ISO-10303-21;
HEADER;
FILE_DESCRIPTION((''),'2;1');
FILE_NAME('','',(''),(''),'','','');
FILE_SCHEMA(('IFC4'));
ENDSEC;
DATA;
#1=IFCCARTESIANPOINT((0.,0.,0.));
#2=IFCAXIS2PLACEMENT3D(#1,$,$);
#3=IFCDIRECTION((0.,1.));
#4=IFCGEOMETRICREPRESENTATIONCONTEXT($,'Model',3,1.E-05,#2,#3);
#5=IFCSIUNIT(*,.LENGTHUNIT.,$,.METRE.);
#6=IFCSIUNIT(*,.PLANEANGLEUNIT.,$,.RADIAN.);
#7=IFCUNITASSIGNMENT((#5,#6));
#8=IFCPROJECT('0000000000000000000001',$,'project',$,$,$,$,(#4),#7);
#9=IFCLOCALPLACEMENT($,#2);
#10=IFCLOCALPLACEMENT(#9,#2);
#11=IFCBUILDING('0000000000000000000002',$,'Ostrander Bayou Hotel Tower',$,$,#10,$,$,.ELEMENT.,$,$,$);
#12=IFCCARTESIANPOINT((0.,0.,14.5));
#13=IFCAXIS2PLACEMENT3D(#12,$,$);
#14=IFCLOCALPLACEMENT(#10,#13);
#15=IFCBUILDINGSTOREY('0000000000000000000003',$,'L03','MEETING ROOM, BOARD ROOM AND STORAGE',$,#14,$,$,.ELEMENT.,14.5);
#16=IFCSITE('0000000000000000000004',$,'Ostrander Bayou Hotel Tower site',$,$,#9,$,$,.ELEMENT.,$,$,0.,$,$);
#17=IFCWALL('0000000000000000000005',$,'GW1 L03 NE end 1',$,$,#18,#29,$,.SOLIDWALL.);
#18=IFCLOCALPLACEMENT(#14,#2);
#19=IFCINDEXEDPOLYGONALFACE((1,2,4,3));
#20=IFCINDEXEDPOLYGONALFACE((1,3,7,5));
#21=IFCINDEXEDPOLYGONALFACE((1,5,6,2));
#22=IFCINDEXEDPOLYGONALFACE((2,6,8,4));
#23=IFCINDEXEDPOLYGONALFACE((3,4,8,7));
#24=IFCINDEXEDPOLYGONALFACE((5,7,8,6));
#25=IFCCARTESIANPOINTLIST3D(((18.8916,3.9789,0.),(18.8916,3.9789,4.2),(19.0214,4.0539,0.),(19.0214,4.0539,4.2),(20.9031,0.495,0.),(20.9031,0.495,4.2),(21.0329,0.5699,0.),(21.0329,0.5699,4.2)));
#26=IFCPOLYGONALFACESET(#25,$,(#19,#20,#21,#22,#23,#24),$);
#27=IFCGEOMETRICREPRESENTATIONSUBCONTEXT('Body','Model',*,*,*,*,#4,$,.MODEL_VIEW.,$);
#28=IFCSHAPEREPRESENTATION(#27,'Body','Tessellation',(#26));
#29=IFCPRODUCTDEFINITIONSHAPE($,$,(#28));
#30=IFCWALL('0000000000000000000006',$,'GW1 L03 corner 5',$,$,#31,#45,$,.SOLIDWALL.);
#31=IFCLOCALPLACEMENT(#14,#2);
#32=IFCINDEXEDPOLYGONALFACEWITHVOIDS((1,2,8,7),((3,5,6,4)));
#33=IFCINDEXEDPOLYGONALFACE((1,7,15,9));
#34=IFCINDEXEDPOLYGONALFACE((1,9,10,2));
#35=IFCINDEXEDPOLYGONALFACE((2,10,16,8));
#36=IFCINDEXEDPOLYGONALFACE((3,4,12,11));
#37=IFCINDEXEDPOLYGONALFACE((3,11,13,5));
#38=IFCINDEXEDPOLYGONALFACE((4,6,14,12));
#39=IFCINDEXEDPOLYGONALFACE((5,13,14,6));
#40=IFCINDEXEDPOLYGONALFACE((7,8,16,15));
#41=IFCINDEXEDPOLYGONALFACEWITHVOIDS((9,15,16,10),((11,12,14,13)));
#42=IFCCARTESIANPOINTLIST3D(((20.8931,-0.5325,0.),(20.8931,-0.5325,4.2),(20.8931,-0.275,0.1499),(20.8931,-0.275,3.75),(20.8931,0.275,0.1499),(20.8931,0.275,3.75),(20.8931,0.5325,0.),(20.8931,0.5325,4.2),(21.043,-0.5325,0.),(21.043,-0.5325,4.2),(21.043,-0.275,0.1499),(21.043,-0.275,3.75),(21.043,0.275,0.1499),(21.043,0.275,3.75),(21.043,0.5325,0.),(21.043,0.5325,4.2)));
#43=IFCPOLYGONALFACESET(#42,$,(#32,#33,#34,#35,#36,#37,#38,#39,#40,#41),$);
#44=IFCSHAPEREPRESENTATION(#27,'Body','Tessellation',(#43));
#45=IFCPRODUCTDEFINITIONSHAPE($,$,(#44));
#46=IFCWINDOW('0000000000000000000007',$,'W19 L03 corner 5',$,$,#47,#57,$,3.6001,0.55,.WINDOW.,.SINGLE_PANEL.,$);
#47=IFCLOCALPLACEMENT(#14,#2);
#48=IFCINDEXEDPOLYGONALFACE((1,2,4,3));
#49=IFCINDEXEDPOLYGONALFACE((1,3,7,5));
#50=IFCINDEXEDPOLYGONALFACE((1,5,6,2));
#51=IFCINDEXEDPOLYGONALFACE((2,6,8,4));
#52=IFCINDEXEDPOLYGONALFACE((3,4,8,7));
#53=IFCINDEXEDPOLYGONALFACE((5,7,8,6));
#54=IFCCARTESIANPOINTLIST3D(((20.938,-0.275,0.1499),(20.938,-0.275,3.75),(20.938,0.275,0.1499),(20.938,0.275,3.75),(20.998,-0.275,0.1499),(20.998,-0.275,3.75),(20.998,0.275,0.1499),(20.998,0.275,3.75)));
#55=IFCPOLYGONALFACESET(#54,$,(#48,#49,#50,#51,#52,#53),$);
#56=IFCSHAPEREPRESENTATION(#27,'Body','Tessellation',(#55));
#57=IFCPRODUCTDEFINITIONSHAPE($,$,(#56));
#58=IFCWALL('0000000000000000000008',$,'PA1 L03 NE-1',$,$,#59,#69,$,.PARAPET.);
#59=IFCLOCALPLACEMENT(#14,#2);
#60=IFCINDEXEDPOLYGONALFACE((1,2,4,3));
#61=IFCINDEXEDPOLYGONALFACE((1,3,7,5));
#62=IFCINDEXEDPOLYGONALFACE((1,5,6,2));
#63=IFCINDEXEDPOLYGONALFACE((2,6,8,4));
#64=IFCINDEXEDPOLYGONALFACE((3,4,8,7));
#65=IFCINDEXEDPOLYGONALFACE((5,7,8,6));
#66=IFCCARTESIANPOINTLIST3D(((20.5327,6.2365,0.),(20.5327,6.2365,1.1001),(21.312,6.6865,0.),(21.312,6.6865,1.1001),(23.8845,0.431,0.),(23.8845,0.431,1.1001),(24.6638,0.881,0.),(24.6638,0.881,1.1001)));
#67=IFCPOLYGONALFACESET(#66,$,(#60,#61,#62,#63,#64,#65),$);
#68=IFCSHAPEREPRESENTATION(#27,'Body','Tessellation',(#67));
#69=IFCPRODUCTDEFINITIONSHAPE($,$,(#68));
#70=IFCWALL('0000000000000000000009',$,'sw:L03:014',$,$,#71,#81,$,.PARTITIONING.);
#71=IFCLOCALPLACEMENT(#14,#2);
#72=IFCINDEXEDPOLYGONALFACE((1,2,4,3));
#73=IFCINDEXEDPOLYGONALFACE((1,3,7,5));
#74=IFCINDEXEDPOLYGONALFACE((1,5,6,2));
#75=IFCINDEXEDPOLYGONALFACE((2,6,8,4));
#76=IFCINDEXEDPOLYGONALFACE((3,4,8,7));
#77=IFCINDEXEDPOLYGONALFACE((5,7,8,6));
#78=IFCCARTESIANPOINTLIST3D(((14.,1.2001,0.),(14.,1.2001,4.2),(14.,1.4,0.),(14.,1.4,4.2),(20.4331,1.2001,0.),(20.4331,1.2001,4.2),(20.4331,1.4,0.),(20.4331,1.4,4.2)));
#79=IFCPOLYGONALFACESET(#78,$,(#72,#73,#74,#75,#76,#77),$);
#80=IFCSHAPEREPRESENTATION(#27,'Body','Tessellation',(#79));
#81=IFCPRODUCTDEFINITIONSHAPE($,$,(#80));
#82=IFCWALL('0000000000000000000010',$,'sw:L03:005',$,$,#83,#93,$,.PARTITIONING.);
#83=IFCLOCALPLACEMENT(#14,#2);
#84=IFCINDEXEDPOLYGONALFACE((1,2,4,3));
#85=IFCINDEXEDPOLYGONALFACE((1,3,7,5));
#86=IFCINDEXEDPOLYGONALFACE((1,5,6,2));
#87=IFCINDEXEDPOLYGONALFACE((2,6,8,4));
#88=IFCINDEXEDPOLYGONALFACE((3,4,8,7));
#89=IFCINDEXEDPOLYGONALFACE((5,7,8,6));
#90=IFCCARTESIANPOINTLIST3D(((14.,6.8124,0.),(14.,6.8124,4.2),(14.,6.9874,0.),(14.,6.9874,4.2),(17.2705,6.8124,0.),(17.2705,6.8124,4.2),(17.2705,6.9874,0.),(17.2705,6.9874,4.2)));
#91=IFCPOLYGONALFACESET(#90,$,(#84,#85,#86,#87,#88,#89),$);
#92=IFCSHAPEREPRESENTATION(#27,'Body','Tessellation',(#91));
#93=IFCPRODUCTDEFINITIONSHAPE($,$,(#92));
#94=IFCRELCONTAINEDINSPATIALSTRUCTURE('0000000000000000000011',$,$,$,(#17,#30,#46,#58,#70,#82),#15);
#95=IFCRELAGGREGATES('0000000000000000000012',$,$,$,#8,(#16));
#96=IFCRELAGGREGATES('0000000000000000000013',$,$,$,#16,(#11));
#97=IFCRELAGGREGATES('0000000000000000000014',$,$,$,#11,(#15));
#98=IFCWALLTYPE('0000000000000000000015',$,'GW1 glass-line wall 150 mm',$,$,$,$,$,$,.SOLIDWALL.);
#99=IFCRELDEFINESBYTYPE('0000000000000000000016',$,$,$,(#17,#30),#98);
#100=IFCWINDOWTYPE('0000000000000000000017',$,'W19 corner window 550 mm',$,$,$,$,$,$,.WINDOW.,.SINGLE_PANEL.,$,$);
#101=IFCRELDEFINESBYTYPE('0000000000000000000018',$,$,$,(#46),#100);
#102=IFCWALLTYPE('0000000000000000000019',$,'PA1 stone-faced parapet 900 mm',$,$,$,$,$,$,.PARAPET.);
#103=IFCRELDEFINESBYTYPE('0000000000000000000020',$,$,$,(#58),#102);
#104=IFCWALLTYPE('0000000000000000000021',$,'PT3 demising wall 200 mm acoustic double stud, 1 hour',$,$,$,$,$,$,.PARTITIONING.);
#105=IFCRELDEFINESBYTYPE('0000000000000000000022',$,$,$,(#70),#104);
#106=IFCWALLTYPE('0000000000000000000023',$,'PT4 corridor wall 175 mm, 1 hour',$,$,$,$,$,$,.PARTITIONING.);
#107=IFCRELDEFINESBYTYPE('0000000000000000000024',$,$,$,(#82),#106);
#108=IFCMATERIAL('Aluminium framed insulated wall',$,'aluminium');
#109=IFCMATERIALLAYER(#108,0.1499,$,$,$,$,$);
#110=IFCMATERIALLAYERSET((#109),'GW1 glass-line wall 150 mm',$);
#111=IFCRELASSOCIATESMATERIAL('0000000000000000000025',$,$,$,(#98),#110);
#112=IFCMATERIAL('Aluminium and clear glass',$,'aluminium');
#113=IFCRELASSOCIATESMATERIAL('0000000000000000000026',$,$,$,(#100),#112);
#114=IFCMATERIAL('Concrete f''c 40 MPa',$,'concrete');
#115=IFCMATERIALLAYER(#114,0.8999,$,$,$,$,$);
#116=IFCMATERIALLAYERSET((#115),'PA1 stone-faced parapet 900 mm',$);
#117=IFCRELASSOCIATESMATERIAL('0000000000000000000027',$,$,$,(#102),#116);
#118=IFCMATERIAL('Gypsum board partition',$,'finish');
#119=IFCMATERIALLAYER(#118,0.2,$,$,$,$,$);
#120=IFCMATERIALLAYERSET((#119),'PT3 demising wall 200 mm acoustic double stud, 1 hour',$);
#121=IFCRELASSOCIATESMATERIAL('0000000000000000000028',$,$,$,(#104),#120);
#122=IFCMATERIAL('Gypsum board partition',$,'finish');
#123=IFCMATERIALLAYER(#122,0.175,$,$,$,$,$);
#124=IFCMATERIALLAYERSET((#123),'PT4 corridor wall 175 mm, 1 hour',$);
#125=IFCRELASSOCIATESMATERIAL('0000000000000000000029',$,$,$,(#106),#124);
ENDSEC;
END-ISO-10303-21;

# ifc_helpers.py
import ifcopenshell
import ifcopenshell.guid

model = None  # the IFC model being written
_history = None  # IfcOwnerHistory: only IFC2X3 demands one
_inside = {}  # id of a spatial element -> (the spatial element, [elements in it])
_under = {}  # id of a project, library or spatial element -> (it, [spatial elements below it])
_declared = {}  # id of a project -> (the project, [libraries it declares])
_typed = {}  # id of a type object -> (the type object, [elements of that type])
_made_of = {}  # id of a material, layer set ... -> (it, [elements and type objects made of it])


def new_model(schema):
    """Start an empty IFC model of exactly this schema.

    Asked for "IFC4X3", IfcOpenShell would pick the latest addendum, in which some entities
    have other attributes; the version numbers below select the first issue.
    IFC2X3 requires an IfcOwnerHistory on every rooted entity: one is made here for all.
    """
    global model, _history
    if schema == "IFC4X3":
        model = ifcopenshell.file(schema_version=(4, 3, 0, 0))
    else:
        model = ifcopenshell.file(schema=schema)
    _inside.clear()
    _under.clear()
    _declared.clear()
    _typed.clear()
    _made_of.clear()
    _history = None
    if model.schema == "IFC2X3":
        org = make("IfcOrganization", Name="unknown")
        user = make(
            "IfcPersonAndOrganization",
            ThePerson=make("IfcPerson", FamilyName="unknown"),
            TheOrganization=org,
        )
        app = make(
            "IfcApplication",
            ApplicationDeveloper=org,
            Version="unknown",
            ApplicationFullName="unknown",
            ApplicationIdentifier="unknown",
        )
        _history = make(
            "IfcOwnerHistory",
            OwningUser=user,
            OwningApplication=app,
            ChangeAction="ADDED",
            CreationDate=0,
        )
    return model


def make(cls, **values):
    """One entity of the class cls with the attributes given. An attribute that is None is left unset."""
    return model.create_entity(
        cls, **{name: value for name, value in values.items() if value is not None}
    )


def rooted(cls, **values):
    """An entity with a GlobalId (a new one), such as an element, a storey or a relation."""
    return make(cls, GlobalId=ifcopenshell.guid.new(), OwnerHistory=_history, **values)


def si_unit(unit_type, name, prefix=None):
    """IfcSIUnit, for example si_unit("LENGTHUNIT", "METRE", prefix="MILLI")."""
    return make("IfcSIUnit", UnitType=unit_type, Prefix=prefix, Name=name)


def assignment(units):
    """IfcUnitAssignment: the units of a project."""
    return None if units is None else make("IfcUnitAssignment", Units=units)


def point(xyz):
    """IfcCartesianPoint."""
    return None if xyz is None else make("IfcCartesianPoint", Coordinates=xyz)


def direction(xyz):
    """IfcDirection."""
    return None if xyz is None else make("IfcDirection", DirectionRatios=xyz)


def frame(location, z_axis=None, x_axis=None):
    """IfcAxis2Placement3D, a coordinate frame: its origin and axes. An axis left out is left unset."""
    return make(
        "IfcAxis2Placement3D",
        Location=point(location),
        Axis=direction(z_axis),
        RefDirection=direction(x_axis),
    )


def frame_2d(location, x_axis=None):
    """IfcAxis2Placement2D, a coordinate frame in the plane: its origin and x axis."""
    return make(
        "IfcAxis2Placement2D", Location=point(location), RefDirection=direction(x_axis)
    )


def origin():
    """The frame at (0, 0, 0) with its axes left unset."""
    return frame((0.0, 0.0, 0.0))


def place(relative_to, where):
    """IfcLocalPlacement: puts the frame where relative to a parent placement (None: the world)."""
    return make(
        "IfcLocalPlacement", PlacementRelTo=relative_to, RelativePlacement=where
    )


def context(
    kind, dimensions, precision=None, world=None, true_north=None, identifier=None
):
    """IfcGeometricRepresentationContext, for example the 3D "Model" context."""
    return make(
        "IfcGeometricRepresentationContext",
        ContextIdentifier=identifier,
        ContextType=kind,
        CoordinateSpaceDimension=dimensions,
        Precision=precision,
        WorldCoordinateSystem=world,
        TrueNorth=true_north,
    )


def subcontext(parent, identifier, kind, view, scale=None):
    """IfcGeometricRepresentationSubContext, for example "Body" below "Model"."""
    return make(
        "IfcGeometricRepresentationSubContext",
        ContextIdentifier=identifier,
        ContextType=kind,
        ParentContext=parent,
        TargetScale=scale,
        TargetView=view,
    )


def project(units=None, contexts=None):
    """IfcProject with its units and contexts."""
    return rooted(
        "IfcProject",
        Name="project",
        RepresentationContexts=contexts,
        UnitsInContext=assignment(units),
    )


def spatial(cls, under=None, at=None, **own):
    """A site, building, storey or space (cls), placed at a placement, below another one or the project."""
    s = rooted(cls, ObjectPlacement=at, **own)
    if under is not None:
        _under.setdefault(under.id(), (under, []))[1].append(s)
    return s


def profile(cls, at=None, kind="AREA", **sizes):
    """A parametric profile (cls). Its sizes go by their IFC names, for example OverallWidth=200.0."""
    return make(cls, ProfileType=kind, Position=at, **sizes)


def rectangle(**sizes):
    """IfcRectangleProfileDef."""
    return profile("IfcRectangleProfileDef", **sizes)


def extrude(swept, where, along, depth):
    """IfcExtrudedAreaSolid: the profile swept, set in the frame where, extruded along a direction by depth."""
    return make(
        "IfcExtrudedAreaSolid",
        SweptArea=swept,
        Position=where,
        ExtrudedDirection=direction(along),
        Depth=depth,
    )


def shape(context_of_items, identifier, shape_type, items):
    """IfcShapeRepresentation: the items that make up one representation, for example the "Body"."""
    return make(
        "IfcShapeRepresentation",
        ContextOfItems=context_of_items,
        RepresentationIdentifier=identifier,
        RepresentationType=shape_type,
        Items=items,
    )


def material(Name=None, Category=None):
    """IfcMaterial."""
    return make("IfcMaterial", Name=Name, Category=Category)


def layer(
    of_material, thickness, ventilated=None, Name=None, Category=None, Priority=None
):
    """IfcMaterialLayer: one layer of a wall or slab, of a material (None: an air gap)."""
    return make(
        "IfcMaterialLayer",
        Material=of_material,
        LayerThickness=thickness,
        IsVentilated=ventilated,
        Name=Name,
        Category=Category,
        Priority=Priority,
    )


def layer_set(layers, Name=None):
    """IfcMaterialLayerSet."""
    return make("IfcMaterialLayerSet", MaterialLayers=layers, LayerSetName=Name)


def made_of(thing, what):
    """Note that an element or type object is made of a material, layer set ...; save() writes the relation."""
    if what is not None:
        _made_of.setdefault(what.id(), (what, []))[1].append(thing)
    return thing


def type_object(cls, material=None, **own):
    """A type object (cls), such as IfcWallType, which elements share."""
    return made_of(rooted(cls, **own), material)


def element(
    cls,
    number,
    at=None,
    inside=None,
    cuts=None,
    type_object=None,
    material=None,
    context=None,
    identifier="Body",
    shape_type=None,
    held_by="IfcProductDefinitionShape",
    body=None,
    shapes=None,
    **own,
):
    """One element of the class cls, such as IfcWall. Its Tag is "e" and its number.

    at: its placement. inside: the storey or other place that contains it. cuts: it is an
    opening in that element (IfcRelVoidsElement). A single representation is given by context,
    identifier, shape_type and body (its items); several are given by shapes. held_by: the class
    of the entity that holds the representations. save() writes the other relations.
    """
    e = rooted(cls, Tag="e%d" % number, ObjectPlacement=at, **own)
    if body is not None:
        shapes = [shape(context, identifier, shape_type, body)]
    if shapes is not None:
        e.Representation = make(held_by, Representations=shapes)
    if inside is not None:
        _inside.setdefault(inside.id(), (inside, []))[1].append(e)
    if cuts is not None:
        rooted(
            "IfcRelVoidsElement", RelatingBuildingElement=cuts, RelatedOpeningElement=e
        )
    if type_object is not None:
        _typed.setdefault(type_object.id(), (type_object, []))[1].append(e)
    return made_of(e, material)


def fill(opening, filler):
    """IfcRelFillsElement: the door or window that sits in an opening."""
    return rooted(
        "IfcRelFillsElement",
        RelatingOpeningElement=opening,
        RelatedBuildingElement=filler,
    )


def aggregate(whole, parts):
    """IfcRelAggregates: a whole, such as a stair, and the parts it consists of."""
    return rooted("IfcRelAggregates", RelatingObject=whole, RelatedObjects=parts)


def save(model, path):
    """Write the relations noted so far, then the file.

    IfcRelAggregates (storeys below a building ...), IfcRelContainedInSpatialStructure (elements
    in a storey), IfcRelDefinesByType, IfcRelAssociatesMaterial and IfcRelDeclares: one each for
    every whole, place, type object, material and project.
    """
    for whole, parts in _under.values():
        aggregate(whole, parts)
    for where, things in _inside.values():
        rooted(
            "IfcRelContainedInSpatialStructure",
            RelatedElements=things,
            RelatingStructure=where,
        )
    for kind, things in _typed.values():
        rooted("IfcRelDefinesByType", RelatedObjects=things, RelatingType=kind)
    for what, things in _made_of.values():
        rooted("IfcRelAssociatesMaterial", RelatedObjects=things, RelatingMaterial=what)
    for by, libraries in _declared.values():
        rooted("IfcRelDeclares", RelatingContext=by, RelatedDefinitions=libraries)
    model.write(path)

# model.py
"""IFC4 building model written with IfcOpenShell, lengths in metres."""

from ifc_helpers import new_model, si_unit, direction, frame, frame_2d, origin, place, context, subcontext, project, spatial, rectangle, extrude, material, layer, layer_set, type_object, element, fill, save


model = new_model("IFC4")

# Units and contexts
model_context = context("Model", 3, precision=1e-05, world=origin(), true_north=direction((0.0, 1.0)))
body_context = subcontext(model_context, "Body", "Model", "MODEL_VIEW")
ifc_project = project(units=[si_unit("LENGTHUNIT", "METRE"), si_unit("PLANEANGLEUNIT", "RADIAN")], contexts=[model_context])

# Site, building, storey
site_placement = place(None, origin())
site = spatial("IfcSite", under=ifc_project, at=site_placement, Name="Ostrander Bayou Hotel Tower site", CompositionType="ELEMENT", RefElevation=0.0)
building_placement = place(site_placement, origin())
building = spatial("IfcBuilding", under=site, at=building_placement, Name="Ostrander Bayou Hotel Tower", CompositionType="ELEMENT")
storey_placement = place(building_placement, frame((0.0, 0.0, 14.5)))
storey = spatial("IfcBuildingStorey", under=building, at=storey_placement, Name="L03", Description="MEETING ROOM, BOARD ROOM AND STORAGE", CompositionType="ELEMENT", Elevation=14.5)

# Wall
ifc_material_1 = material(Name="Aluminium framed insulated wall", Category="aluminium")
ifc_layer_1 = layer(ifc_material_1, 0.1499)
ifc_layer_set_1 = layer_set([ifc_layer_1], Name="GW1 glass-line wall 150 mm")
wall_type_1 = type_object("IfcWallType", Name="GW1 glass-line wall 150 mm", PredefinedType="SOLIDWALL", material=ifc_layer_set_1)
wall_1_placement = place(storey_placement, frame((20.968, 0.5325, 0.0), z_axis=(0.0, 0.0, 1.0), x_axis=(-0.50001, 0.86602, 0.0)))
element("IfcWall", 1, at=wall_1_placement, inside=storey, type_object=wall_type_1, Name="GW1 L03 NE end 1", PredefinedType="SOLIDWALL", context=body_context, shape_type="SweptSolid", body=[
    extrude(rectangle(XDim=4.0229, YDim=0.1499, at=frame_2d((2.0115, 0.0))), origin(), (0.0, 0.0, 1.0), 4.2),
])

# Wall, opening, window
wall_2_placement = place(storey_placement, frame((20.968, -0.5325, 0.0), z_axis=(0.0, 0.0, 1.0), x_axis=(0.0, 1.0, 0.0)))
wall_2 = element("IfcWall", 2, at=wall_2_placement, inside=storey, type_object=wall_type_1, Name="GW1 L03 corner 5", PredefinedType="SOLIDWALL", context=body_context, shape_type="SweptSolid", body=[
    extrude(rectangle(XDim=1.0649, YDim=0.1499, at=frame_2d((0.5325, 0.0))), origin(), (0.0, 0.0, 1.0), 4.2),
])
opening_placement = place(wall_2_placement, frame((0.2576, 0.0, 0.1499)))
opening = element("IfcOpeningElement", 3, at=opening_placement, cuts=wall_2, PredefinedType="OPENING", context=body_context, shape_type="SweptSolid", body=[
    extrude(rectangle(XDim=0.55, YDim=3.6001, at=frame_2d((0.2749, 1.8))), frame((0.0, 0.075, 0.0), z_axis=(0.0, -1.0, 0.0), x_axis=(1.0, 0.0, 0.0)), (0.0, 0.0, 1.0), 0.1499),
])
ifc_material_2 = material(Name="Aluminium and clear glass", Category="aluminium")
window_type = type_object("IfcWindowType", Name="W19 corner window 550 mm", PartitioningType="SINGLE_PANEL", PredefinedType="WINDOW", material=ifc_material_2)
window_placement = place(opening_placement, origin())
window = element("IfcWindow", 4, at=window_placement, inside=storey, type_object=window_type, Name="W19 L03 corner 5", OverallHeight=3.6001, OverallWidth=0.55, PartitioningType="SINGLE_PANEL", PredefinedType="WINDOW", context=body_context, shape_type="SweptSolid", body=[
    extrude(rectangle(XDim=0.55, YDim=3.6001, at=frame_2d((0.2749, 1.8))), frame((0.0, 0.03, 0.0), z_axis=(0.0, -1.0, 0.0), x_axis=(1.0, 0.0, 0.0)), (0.0, 0.0, 1.0), 0.0601),
])
fill(opening, window)

# Walls
ifc_material_3 = material(Name="Concrete f'c 40 MPa", Category="concrete")
ifc_layer_2 = layer(ifc_material_3, 0.8999)
ifc_layer_set_2 = layer_set([ifc_layer_2], Name="PA1 stone-faced parapet 900 mm")
wall_type_2 = type_object("IfcWallType", Name="PA1 stone-faced parapet 900 mm", PredefinedType="PARAPET", material=ifc_layer_set_2)
wall_3_placement = place(storey_placement, frame((24.2742, 0.656, 0.0), z_axis=(0.0, 0.0, 1.0), x_axis=(-0.500005, 0.866022, 0.0)))
element("IfcWall", 5, at=wall_3_placement, inside=storey, type_object=wall_type_2, Name="PA1 L03 NE-1", PredefinedType="PARAPET", context=body_context, shape_type="SweptSolid", body=[
    extrude(rectangle(XDim=6.7036, YDim=0.8999, at=frame_2d((3.3518, 0.0))), origin(), (0.0, 0.0, 1.0), 1.1001),
])
ifc_material_4 = material(Name="Gypsum board partition", Category="finish")
ifc_layer_3 = layer(ifc_material_4, 0.2)
ifc_layer_set_3 = layer_set([ifc_layer_3], Name="PT3 demising wall 200 mm acoustic double stud, 1 hour")
wall_type_3 = type_object("IfcWallType", Name="PT3 demising wall 200 mm acoustic double stud, 1 hour", PredefinedType="PARTITIONING", material=ifc_layer_set_3)
wall_4_placement = place(storey_placement, frame((14.0, 1.3, 0.0), z_axis=(0.0, 0.0, 1.0), x_axis=(1.0, 0.0, 0.0)))
element("IfcWall", 6, at=wall_4_placement, inside=storey, type_object=wall_type_3, Name="sw:L03:014", PredefinedType="PARTITIONING", context=body_context, shape_type="SweptSolid", body=[
    extrude(rectangle(XDim=6.4331, YDim=0.2, at=frame_2d((3.2166, 0.0))), origin(), (0.0, 0.0, 1.0), 4.2),
])
ifc_material_5 = material(Name="Gypsum board partition", Category="finish")
ifc_layer_4 = layer(ifc_material_5, 0.175)
ifc_layer_set_4 = layer_set([ifc_layer_4], Name="PT4 corridor wall 175 mm, 1 hour")
wall_type_4 = type_object("IfcWallType", Name="PT4 corridor wall 175 mm, 1 hour", PredefinedType="PARTITIONING", material=ifc_layer_set_4)
wall_5_placement = place(storey_placement, frame((14.0, 6.8999, 0.0), z_axis=(0.0, 0.0, 1.0), x_axis=(1.0, 0.0, 0.0)))
element("IfcWall", 7, at=wall_5_placement, inside=storey, type_object=wall_type_4, Name="sw:L03:005", PredefinedType="PARTITIONING", context=body_context, shape_type="SweptSolid", body=[
    extrude(rectangle(XDim=3.2705, YDim=0.175, at=frame_2d((1.6353, 0.0))), origin(), (0.0, 0.0, 1.0), 4.2),
])

save(model, "model.ifc")
